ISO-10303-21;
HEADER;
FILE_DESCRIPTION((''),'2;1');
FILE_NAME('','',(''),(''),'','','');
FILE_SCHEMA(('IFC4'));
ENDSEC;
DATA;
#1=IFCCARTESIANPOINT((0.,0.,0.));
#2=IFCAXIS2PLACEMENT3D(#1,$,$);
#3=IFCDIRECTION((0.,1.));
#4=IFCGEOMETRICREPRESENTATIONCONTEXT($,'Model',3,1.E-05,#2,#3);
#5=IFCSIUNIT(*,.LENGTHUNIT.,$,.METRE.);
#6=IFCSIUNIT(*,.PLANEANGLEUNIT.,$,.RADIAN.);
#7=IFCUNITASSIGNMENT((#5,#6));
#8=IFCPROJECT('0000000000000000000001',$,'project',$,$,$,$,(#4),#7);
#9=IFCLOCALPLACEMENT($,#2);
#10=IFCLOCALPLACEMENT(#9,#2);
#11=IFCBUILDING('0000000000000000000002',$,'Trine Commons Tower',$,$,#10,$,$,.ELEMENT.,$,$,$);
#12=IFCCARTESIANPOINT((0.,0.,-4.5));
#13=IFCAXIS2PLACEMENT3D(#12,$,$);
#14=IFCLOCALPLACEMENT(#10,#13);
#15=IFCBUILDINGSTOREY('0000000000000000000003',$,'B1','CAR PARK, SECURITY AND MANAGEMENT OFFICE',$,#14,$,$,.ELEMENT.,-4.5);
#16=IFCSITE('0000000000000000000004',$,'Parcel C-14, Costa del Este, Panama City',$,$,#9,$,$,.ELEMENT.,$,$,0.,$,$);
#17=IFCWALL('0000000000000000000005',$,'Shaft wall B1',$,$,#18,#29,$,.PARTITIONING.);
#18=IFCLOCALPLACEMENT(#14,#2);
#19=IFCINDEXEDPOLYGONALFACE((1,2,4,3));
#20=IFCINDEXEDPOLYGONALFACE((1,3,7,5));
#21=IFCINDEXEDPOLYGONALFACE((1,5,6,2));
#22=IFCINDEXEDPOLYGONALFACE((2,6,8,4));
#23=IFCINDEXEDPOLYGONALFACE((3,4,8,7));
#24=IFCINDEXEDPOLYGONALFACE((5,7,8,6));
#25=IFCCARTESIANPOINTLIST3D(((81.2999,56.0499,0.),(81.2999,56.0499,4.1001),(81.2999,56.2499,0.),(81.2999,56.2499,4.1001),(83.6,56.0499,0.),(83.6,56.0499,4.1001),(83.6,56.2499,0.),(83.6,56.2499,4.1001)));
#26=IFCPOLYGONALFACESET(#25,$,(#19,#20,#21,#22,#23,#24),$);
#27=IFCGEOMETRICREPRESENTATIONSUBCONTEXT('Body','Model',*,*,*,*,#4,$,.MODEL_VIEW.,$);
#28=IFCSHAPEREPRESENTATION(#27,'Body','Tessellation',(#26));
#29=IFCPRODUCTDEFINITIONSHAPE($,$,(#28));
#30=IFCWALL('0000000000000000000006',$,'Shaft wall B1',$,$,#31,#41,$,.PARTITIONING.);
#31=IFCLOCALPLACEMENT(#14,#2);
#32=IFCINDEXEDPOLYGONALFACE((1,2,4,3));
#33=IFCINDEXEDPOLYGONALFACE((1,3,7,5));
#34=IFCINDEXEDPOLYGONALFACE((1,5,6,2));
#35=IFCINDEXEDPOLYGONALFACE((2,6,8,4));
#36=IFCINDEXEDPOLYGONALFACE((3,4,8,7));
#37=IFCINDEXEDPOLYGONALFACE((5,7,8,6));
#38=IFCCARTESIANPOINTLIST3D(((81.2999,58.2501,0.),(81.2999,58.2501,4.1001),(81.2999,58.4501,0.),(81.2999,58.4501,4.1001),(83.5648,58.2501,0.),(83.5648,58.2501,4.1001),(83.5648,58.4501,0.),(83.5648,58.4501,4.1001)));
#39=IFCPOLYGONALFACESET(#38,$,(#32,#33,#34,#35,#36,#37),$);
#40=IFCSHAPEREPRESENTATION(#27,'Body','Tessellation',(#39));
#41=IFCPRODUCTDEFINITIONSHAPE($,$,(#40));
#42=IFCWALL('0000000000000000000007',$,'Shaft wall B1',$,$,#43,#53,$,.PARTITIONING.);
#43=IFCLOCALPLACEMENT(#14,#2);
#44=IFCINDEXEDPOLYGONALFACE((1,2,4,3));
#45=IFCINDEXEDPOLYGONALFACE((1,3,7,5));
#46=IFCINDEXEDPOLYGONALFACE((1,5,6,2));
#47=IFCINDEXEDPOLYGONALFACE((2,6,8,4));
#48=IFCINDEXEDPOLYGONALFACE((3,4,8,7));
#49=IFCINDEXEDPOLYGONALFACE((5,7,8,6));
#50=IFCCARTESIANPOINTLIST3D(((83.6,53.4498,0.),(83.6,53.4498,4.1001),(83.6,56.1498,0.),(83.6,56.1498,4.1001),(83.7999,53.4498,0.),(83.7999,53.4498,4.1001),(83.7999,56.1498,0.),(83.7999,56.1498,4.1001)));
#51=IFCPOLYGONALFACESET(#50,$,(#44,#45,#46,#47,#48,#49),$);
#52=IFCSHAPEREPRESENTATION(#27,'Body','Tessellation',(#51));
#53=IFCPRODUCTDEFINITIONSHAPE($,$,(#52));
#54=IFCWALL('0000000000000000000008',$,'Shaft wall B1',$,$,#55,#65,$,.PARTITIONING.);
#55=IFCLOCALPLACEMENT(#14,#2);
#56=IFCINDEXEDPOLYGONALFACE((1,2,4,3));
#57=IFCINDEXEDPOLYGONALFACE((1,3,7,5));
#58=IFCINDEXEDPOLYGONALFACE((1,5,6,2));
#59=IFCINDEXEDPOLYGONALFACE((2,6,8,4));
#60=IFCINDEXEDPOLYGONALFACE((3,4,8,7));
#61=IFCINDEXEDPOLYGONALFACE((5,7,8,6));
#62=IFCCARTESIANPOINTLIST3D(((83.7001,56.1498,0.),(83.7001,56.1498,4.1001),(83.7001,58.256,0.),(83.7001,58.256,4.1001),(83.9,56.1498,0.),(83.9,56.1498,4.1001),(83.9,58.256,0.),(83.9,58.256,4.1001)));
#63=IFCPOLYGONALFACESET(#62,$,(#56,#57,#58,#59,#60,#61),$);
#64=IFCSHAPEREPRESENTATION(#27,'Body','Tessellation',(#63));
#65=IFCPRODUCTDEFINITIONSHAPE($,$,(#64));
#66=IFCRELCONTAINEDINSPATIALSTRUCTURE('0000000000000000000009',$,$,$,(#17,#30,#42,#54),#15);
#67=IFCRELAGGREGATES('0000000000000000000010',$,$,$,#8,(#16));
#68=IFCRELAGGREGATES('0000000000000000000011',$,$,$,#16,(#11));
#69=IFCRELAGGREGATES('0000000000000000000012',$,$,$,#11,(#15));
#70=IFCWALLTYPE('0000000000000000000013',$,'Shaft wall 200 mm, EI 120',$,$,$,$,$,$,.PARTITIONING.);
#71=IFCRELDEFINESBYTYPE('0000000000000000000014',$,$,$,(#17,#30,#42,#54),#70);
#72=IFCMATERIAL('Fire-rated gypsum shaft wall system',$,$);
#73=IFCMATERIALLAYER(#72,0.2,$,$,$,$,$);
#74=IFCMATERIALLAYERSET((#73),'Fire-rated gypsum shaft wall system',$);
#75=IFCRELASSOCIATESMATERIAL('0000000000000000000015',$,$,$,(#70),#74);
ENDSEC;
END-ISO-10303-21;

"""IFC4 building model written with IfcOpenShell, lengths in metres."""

from ifc_helpers import new_model, si_unit, direction, frame, frame_2d, origin, place, context, subcontext, project, spatial, rectangle, extrude, material, layer, layer_set, type_object, element, save


model = new_model("IFC4")

# Units and contexts
model_context = context("Model", 3, precision=1e-05, world=origin(), true_north=direction((0.0, 1.0)))
body_context = subcontext(model_context, "Body", "Model", "MODEL_VIEW")
ifc_project = project(units=[si_unit("LENGTHUNIT", "METRE"), si_unit("PLANEANGLEUNIT", "RADIAN")], contexts=[model_context])

# Site, building, storey
site_placement = place(None, origin())
site = spatial("IfcSite", under=ifc_project, at=site_placement, Name="Parcel C-14, Costa del Este, Panama City", CompositionType="ELEMENT", RefElevation=0.0)
building_placement = place(site_placement, origin())
building = spatial("IfcBuilding", under=site, at=building_placement, Name="Trine Commons Tower", CompositionType="ELEMENT")
storey_placement = place(building_placement, frame((0.0, 0.0, -4.5)))
storey = spatial("IfcBuildingStorey", under=building, at=storey_placement, Name="B1", Description="CAR PARK, SECURITY AND MANAGEMENT OFFICE", CompositionType="ELEMENT", Elevation=-4.5)

# Shared definitions
ifc_material_1 = material(Name="Fire-rated gypsum shaft wall system")

# Walls
ifc_layer_1 = layer(ifc_material_1, 0.2)
ifc_layer_set_1 = layer_set([ifc_layer_1], Name="Fire-rated gypsum shaft wall system")
wall_type_1 = type_object("IfcWallType", Name="Shaft wall 200 mm, EI 120", PredefinedType="PARTITIONING", material=ifc_layer_set_1)
for number, where, z_axis, x_axis, name in (
    (1, (81.3, 56.1499, 0.0), (0.0, 0.0, 1.0), (1.0, 0.0, 0.0), "Shaft wall B1"),
):
    element("IfcWall", number, at=place(storey_placement, frame(where, z_axis=z_axis, x_axis=x_axis)), inside=storey, type_object=wall_type_1, Name=name, PredefinedType="PARTITIONING", context=body_context, shape_type="SweptSolid", body=[
        extrude(rectangle(XDim=2.3, YDim=0.2, at=frame_2d((1.1499, 0.0))), origin(), (0.0, 0.0, 1.0), 4.1001),
    ])
wall_1_placement = place(storey_placement, frame((81.3, 58.3501, 0.0), z_axis=(0.0, 0.0, 1.0), x_axis=(1.0, 0.0, 0.0)))
element("IfcWall", 2, at=wall_1_placement, inside=storey, type_object=wall_type_1, Name="Shaft wall B1", PredefinedType="PARTITIONING", context=body_context, shape_type="SweptSolid", body=[
    extrude(rectangle(XDim=2.2649, YDim=0.2, at=frame_2d((1.1323, 0.0))), origin(), (0.0, 0.0, 1.0), 4.1001),
])
wall_2_placement = place(storey_placement, frame((83.7, 56.1499, 0.0), z_axis=(0.0, 0.0, 1.0), x_axis=(0.0, -1.0, 0.0)))
element("IfcWall", 3, at=wall_2_placement, inside=storey, type_object=wall_type_1, Name="Shaft wall B1", PredefinedType="PARTITIONING", context=body_context, shape_type="SweptSolid", body=[
    extrude(rectangle(XDim=2.7, YDim=0.2, at=frame_2d((1.3501, 0.0))), origin(), (0.0, 0.0, 1.0), 4.1001),
])
wall_3_placement = place(storey_placement, frame((83.8, 58.2561, 0.0), z_axis=(0.0, 0.0, 1.0), x_axis=(0.0, -1.0, 0.0)))
element("IfcWall", 4, at=wall_3_placement, inside=storey, type_object=wall_type_1, Name="Shaft wall B1", PredefinedType="PARTITIONING", context=body_context, shape_type="SweptSolid", body=[
    extrude(rectangle(XDim=2.1062, YDim=0.2, at=frame_2d((1.0532, 0.0))), origin(), (0.0, 0.0, 1.0), 4.1001),
])

save(model, "model.ifc")
